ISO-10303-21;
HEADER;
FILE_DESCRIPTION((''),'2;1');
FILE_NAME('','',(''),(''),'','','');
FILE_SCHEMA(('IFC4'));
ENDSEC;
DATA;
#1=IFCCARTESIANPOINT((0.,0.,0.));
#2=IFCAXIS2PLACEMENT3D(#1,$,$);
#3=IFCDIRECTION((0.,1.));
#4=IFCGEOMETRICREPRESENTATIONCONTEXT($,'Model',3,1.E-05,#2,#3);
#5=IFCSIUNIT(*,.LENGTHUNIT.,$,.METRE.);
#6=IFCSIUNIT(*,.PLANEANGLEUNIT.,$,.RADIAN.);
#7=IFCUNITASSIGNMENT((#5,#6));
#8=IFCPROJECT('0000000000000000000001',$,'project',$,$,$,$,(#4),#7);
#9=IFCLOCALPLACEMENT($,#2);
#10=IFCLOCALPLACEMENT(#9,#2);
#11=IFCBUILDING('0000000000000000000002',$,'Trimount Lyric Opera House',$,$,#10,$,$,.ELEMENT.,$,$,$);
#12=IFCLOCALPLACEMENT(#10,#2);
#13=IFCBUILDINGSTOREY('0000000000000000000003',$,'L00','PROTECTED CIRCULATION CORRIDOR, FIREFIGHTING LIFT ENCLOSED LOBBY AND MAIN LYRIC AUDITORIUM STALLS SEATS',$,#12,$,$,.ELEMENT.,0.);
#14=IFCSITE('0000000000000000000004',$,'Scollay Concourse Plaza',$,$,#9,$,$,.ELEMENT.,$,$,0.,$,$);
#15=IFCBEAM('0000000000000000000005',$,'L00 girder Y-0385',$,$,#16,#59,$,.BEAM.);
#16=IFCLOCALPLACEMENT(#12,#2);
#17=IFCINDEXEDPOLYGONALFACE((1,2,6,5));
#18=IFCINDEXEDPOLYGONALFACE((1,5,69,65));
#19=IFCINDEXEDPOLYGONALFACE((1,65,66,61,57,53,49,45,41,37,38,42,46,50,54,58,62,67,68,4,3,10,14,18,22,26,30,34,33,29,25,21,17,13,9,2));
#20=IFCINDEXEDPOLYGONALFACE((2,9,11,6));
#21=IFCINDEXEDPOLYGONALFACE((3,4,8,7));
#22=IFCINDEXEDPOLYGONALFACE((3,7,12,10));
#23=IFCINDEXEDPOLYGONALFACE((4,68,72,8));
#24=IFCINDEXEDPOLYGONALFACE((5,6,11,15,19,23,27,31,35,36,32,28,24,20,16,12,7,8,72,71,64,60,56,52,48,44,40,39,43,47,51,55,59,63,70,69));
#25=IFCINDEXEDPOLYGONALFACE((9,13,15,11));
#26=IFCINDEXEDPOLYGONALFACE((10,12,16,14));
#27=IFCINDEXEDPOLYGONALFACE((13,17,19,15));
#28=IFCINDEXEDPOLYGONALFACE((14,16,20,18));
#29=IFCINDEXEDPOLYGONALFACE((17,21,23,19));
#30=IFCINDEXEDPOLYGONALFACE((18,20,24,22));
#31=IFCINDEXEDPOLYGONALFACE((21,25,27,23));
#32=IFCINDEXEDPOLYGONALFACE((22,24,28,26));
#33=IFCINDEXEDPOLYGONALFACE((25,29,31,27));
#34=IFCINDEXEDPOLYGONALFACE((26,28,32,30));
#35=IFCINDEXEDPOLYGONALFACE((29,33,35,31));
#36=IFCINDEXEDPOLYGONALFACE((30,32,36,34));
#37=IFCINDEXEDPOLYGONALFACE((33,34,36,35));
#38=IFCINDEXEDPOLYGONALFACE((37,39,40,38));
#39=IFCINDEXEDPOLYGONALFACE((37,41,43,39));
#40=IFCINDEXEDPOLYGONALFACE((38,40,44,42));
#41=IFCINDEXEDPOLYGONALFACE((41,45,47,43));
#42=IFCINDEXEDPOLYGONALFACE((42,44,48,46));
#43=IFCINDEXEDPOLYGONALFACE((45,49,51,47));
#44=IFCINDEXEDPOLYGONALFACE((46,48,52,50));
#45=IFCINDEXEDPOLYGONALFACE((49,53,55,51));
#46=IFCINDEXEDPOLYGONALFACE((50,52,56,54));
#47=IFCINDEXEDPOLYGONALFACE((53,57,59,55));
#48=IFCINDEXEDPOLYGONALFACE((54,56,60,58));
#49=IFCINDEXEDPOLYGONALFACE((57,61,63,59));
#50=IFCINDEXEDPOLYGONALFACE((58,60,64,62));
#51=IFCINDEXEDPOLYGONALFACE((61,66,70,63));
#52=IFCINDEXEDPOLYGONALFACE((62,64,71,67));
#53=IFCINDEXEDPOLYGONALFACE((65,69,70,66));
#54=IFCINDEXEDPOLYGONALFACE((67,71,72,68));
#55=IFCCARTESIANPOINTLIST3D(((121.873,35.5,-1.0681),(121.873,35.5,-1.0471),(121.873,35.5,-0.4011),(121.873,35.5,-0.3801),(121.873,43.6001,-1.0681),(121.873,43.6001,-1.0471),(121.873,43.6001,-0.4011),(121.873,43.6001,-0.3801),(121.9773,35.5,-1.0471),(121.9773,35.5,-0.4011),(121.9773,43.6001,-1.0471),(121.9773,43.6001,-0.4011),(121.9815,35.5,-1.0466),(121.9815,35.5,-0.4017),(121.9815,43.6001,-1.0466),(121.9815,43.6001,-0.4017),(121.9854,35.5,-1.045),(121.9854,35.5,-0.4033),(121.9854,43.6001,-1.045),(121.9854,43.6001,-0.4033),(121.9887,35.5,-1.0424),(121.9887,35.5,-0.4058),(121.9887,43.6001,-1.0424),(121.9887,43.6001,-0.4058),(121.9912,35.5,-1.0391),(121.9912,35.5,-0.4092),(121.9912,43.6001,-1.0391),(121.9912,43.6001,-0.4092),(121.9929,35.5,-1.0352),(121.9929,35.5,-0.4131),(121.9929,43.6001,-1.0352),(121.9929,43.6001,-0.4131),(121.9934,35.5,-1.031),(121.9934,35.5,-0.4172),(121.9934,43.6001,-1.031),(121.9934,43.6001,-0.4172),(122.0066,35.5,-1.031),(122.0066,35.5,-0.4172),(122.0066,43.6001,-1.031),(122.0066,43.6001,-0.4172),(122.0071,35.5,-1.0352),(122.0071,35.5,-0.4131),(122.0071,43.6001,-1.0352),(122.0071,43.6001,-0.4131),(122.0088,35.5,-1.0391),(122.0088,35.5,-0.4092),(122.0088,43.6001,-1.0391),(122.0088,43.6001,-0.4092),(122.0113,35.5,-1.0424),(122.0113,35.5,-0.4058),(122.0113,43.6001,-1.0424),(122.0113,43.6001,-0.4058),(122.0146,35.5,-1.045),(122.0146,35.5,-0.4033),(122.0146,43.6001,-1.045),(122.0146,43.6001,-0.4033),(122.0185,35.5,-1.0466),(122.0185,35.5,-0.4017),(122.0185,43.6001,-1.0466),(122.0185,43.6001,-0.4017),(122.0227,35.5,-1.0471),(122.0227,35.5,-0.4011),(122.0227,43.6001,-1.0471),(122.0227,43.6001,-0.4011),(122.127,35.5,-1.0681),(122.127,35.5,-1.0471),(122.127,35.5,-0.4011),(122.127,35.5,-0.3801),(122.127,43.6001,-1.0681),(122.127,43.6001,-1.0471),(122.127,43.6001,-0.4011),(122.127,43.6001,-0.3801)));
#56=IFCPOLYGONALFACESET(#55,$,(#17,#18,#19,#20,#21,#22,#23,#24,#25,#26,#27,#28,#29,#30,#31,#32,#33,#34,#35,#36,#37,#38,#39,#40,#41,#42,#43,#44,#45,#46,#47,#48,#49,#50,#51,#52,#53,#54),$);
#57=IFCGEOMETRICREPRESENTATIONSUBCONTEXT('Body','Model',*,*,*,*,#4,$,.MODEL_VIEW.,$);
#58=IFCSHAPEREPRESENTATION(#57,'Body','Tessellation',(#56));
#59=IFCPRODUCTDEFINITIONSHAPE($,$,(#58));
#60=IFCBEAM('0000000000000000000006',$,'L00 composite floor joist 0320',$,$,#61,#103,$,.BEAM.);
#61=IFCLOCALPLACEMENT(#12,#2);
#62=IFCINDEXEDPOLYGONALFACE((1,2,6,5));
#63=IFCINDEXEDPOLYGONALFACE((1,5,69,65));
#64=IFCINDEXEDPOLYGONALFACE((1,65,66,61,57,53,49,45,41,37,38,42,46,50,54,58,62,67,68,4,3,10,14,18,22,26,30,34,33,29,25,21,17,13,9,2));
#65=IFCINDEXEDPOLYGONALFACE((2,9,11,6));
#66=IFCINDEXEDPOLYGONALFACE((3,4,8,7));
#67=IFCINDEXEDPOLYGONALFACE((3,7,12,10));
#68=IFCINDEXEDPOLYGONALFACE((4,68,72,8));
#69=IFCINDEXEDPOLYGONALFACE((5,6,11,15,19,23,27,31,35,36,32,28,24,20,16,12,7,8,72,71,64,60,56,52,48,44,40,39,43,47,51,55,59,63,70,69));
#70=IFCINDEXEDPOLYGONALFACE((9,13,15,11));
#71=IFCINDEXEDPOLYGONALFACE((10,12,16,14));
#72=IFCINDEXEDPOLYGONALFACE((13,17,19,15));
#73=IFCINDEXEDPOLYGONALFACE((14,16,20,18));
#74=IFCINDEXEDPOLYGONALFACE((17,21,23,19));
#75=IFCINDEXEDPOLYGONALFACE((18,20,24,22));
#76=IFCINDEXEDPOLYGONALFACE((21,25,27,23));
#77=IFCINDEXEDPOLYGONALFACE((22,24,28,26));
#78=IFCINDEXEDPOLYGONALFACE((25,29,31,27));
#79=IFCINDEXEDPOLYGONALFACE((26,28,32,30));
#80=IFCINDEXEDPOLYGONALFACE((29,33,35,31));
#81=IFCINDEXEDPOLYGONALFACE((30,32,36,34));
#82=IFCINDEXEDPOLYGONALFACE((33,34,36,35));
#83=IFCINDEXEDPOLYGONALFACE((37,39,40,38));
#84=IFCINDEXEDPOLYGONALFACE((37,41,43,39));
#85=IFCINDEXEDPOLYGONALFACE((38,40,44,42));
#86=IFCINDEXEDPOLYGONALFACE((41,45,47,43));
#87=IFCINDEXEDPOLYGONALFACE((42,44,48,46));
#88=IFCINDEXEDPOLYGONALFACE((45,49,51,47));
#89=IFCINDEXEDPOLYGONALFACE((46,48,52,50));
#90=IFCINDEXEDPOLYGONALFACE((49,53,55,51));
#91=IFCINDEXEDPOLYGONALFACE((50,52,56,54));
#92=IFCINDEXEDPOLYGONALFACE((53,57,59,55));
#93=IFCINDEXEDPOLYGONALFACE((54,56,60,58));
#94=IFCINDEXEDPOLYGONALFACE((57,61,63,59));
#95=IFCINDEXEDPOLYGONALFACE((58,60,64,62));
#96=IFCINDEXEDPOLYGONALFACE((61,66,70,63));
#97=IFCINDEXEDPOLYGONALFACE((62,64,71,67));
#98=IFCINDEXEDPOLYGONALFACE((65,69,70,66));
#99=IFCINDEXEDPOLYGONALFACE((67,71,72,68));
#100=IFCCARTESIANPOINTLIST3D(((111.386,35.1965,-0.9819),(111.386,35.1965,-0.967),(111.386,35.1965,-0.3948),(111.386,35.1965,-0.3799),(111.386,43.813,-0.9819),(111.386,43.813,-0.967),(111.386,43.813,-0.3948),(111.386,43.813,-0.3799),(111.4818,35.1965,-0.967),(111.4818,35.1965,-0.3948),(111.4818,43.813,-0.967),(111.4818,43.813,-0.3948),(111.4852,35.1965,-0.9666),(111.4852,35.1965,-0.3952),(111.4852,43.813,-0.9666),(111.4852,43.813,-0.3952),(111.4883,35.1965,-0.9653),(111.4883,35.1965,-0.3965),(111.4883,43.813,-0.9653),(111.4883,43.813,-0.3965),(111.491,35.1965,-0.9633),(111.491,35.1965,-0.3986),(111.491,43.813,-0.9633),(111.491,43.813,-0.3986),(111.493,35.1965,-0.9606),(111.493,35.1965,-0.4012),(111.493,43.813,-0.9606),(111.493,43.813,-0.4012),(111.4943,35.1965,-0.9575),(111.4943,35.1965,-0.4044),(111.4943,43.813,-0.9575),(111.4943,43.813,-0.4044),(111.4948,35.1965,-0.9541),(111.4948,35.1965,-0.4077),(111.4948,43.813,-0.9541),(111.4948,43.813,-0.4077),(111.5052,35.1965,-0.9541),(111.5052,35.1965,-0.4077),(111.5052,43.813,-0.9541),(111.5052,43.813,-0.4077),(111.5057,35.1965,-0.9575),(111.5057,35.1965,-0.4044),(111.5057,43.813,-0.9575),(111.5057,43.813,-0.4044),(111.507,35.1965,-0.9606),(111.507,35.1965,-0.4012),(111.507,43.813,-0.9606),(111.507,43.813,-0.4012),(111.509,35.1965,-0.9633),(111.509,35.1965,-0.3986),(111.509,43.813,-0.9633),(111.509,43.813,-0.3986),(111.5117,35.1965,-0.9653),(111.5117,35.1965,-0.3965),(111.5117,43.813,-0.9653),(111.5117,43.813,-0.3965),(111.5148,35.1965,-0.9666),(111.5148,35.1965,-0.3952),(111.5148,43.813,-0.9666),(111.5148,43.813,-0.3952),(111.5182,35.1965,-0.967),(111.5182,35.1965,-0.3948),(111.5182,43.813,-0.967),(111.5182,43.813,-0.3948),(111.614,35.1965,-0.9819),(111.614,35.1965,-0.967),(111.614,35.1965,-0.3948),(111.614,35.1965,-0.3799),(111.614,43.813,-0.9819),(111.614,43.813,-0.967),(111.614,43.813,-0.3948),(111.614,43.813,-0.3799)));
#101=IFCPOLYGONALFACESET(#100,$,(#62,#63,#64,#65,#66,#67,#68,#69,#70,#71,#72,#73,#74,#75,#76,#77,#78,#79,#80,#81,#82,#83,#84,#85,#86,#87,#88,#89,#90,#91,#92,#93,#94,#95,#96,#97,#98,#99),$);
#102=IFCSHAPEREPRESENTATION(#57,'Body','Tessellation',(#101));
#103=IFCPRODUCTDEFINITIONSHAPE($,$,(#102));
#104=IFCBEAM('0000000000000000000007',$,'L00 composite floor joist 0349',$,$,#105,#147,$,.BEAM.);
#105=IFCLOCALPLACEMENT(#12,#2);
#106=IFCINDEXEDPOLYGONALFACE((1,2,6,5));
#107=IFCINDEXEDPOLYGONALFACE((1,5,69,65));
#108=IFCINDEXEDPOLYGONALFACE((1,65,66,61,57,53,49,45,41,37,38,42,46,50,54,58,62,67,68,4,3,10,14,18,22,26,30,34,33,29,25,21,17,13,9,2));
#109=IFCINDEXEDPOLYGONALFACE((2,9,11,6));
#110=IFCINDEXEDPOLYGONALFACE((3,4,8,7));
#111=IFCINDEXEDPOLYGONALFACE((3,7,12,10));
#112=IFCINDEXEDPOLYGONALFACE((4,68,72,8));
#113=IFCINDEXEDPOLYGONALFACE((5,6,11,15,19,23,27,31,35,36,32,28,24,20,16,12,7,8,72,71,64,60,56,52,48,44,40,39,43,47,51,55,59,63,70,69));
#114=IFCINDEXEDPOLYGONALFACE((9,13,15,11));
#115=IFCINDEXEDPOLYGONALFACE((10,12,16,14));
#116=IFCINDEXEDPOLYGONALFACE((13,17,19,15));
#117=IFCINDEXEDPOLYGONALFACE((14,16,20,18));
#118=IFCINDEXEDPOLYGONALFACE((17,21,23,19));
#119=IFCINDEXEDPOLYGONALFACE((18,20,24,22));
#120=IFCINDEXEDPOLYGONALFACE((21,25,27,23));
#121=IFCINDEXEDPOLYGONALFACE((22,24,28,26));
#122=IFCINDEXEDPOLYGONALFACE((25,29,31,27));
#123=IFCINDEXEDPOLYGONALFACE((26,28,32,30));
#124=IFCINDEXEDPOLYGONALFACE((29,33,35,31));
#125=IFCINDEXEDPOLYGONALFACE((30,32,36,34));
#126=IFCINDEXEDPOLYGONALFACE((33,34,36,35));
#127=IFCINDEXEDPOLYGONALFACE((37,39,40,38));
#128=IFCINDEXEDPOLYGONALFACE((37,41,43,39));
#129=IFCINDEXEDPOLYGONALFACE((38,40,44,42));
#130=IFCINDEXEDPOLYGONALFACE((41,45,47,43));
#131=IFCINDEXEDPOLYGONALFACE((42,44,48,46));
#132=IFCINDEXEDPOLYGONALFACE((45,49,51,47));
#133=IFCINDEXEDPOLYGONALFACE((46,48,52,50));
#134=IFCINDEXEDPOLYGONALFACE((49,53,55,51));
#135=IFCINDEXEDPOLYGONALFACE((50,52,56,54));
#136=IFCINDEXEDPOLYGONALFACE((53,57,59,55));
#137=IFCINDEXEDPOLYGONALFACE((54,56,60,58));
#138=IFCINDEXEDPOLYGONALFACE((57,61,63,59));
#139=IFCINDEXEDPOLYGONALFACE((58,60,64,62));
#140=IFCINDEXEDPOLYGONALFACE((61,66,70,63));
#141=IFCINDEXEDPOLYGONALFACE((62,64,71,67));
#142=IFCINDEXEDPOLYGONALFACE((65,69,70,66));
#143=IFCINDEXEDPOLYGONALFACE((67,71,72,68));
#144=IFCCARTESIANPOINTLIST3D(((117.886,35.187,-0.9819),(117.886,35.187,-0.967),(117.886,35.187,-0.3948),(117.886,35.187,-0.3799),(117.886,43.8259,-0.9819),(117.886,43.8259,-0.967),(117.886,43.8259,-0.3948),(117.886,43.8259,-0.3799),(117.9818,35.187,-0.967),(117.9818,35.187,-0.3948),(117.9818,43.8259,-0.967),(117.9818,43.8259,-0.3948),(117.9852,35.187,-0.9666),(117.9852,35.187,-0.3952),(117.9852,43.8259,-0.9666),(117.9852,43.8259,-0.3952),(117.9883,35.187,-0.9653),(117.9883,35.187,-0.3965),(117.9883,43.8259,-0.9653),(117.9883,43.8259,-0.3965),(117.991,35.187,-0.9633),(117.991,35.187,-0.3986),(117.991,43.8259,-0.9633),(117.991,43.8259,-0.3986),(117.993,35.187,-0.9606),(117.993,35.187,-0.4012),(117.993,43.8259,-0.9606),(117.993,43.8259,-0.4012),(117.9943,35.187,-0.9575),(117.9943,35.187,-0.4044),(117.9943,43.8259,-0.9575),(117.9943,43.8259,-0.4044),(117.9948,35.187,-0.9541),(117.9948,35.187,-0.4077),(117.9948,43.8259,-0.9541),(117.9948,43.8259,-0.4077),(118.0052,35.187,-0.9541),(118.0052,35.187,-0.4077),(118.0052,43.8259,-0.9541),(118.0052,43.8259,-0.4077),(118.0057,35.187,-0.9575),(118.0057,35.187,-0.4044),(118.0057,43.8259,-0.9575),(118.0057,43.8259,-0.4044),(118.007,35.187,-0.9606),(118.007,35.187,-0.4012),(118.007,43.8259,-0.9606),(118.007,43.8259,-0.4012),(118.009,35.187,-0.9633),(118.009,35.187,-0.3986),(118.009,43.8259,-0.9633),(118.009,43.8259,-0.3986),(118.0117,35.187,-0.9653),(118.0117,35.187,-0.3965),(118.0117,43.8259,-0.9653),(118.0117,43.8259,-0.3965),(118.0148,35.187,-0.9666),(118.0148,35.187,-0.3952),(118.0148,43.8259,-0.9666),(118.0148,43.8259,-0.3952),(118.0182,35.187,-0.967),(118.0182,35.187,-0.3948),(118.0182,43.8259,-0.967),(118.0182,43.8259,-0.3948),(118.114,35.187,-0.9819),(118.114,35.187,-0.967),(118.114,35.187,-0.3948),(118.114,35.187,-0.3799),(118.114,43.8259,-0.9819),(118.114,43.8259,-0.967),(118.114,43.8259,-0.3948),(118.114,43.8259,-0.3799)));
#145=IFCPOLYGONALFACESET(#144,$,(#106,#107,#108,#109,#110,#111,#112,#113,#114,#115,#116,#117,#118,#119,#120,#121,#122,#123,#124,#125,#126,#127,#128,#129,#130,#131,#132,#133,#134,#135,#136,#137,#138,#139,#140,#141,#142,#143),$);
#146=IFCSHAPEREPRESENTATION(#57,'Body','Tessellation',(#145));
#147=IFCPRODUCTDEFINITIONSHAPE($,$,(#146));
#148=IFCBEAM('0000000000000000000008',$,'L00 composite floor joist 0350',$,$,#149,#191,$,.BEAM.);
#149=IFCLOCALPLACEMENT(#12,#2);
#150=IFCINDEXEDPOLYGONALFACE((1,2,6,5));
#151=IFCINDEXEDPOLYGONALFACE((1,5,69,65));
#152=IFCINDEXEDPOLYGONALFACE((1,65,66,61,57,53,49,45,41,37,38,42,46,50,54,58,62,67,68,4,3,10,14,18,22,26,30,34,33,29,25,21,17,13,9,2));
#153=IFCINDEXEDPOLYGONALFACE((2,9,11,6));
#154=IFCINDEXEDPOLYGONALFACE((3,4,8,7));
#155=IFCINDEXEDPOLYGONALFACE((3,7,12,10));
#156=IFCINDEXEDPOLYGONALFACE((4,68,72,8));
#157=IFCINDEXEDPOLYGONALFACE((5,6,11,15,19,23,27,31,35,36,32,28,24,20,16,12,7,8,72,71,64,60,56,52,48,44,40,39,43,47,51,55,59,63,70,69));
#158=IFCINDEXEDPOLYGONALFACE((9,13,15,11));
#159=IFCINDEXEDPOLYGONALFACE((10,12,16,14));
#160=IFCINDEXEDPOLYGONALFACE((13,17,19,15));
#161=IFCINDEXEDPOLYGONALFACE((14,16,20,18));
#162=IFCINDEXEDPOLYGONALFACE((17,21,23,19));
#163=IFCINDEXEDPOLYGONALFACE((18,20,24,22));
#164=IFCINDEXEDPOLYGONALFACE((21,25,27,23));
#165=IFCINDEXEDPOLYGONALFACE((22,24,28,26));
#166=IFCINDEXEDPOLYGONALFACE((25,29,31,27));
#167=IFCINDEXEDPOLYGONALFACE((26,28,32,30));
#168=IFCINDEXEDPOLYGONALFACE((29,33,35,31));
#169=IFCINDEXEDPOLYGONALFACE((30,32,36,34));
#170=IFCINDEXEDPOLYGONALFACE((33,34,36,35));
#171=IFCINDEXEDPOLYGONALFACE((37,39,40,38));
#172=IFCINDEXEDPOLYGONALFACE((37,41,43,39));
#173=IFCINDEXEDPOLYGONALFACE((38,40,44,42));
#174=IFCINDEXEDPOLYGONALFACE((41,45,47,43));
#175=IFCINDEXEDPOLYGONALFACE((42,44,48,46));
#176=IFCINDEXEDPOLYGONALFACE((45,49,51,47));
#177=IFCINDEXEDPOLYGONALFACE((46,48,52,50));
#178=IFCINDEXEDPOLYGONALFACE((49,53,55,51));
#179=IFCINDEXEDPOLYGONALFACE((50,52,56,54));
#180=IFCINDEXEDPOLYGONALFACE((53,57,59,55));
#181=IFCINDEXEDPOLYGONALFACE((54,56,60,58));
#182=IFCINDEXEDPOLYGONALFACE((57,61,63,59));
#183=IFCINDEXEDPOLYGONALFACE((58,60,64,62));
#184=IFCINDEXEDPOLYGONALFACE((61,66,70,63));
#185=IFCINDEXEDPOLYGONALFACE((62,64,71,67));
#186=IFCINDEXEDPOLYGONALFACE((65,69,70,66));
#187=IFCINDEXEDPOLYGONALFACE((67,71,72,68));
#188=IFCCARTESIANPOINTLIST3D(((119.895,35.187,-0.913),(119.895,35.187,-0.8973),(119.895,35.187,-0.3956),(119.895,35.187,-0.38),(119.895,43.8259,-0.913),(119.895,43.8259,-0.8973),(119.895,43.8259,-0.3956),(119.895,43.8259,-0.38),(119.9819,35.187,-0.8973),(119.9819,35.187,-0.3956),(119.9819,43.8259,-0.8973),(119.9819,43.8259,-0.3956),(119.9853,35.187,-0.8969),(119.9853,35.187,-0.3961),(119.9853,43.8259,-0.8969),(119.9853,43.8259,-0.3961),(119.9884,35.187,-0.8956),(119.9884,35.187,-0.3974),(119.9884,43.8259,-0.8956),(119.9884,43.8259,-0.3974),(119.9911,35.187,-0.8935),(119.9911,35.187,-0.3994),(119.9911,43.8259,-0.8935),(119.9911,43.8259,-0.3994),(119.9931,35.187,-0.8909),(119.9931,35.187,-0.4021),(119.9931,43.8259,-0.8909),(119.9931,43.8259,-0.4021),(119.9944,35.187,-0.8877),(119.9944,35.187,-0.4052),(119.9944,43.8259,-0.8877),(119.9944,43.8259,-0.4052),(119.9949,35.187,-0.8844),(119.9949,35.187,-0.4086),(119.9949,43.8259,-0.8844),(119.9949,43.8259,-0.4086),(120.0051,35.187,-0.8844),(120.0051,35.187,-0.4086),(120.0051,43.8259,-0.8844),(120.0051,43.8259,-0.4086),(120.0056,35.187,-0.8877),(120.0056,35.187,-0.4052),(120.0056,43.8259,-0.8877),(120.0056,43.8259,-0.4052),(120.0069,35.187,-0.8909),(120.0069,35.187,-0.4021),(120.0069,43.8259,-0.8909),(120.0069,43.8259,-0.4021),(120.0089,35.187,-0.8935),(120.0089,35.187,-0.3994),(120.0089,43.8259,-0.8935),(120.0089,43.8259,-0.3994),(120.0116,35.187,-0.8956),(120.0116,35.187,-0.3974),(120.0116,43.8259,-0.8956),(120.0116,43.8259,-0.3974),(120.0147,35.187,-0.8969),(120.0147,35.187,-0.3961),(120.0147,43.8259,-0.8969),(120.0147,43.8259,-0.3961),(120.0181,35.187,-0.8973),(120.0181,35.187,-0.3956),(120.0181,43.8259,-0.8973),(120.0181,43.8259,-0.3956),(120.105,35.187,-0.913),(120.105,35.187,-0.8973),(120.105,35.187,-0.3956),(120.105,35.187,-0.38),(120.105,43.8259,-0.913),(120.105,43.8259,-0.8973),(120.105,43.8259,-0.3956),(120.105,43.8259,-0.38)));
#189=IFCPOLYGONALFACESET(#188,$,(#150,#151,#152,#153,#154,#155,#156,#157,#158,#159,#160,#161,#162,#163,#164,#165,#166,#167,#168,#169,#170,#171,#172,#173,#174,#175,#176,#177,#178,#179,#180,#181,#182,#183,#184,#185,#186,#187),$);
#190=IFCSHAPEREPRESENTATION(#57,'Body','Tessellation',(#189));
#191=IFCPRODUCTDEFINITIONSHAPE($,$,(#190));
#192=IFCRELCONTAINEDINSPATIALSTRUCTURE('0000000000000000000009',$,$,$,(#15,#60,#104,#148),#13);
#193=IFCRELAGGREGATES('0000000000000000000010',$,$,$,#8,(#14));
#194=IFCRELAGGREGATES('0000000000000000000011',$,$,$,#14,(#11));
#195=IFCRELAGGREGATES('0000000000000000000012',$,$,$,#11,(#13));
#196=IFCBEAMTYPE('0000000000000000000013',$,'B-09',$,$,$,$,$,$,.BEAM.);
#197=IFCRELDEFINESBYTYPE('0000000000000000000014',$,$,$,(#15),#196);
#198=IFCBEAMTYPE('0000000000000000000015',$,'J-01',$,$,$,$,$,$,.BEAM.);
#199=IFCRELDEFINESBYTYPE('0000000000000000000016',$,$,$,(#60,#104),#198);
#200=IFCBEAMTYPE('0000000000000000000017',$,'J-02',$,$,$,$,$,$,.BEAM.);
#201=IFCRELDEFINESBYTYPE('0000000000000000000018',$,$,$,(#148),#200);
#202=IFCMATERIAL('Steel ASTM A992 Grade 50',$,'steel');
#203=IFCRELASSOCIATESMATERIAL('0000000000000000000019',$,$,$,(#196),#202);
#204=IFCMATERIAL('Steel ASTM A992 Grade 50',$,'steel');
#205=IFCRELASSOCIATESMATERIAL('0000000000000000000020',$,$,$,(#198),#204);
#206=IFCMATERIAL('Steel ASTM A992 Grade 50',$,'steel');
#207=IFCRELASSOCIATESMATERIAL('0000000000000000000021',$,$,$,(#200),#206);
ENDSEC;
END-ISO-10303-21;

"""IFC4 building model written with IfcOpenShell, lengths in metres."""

from ifc_helpers import new_model, si_unit, direction, frame, origin, origin_2d, place, context, subcontext, project, spatial, i_section, extrude, material, material_profile, profile_set, type_object, element, save


model = new_model("IFC4")

# Units and contexts
model_context = context("Model", 3, precision=1e-05, world=origin(), true_north=direction((0.0, 1.0)))
body_context = subcontext(model_context, "Body", "Model", "MODEL_VIEW")
ifc_project = project(units=[si_unit("LENGTHUNIT", "METRE"), si_unit("PLANEANGLEUNIT", "RADIAN")], contexts=[model_context])

# Site, building, storey
site_placement = place(None, origin())
site = spatial("IfcSite", under=ifc_project, at=site_placement, Name="Scollay Concourse Plaza", CompositionType="ELEMENT", RefElevation=0.0)
building_placement = place(site_placement, origin())
building = spatial("IfcBuilding", under=site, at=building_placement, Name="Trimount Lyric Opera House", CompositionType="ELEMENT")
storey_placement = place(building_placement, origin())
storey = spatial("IfcBuildingStorey", under=building, at=storey_placement, Name="L00", Description="PROTECTED CIRCULATION CORRIDOR, FIREFIGHTING LIFT ENCLOSED LOBBY AND MAIN LYRIC AUDITORIUM STALLS SEATS", CompositionType="ELEMENT", Elevation=0.0)

# Beams
ifc_material_1 = material(Name="Steel ASTM A992 Grade 50", Category="steel")
ifc_material_profile_1 = material_profile(ifc_material_1, i_section(OverallWidth=0.2539, OverallDepth=0.688, WebThickness=0.0132, FlangeThickness=0.021, FilletRadius=0.0161, at=origin_2d()), Name="W27X102")
ifc_profile_set_1 = profile_set([ifc_material_profile_1], Name="Steel ASTM A992 Grade 50")
beam_type_1 = type_object("IfcBeamType", Name="B-09", PredefinedType="BEAM", material=ifc_profile_set_1)
beam_1_placement = place(storey_placement, frame((122.0, 35.5, -0.7241), z_axis=(0.0, 1.0, 0.0), x_axis=(-1.0, 0.0, 0.0)))
element("IfcBeam", 1, at=beam_1_placement, inside=storey, type_object=beam_type_1, Name="L00 girder Y-0385", PredefinedType="BEAM", context=body_context, shape_type="SweptSolid", body=[
    extrude(i_section(OverallWidth=0.2539, OverallDepth=0.688, WebThickness=0.0132, FlangeThickness=0.021, FilletRadius=0.0161, at=origin_2d()), origin(), (0.0, 0.0, 1.0), 8.1001),
])
ifc_material_2 = material(Name="Steel ASTM A992 Grade 50", Category="steel")
ifc_material_profile_2 = material_profile(ifc_material_2, i_section(OverallWidth=0.228, OverallDepth=0.6021, WebThickness=0.0105, FlangeThickness=0.0149, FilletRadius=0.0129, at=origin_2d()), Name="W24X68")
ifc_profile_set_2 = profile_set([ifc_material_profile_2], Name="Steel ASTM A992 Grade 50")
beam_type_2 = type_object("IfcBeamType", Name="J-01", PredefinedType="BEAM", material=ifc_profile_set_2)
beam_2_placement = place(storey_placement, frame((111.5, 35.1965, -0.6809), z_axis=(0.0, 1.0, 0.0), x_axis=(-1.0, 0.0, 0.0)))
element("IfcBeam", 2, at=beam_2_placement, inside=storey, type_object=beam_type_2, Name="L00 composite floor joist 0320", PredefinedType="BEAM", context=body_context, shape_type="SweptSolid", body=[
    extrude(i_section(OverallWidth=0.228, OverallDepth=0.6021, WebThickness=0.0105, FlangeThickness=0.0149, FilletRadius=0.0129, at=origin_2d()), origin(), (0.0, 0.0, 1.0), 8.6165),
])
beam_3_placement = place(storey_placement, frame((118.0, 35.187, -0.6809), z_axis=(0.0, 1.0, 0.0), x_axis=(-1.0, 0.0, 0.0)))
element("IfcBeam", 3, at=beam_3_placement, inside=storey, type_object=beam_type_2, Name="L00 composite floor joist 0349", PredefinedType="BEAM", context=body_context, shape_type="SweptSolid", body=[
    extrude(i_section(OverallWidth=0.228, OverallDepth=0.6021, WebThickness=0.0105, FlangeThickness=0.0149, FilletRadius=0.0129, at=origin_2d()), origin(), (0.0, 0.0, 1.0), 8.6389),
])
ifc_material_3 = material(Name="Steel ASTM A992 Grade 50", Category="steel")
ifc_material_profile_3 = material_profile(ifc_material_3, i_section(OverallWidth=0.21, OverallDepth=0.533, WebThickness=0.0103, FlangeThickness=0.0156, FilletRadius=0.0129, at=origin_2d()), Name="W21X62")
ifc_profile_set_3 = profile_set([ifc_material_profile_3], Name="Steel ASTM A992 Grade 50")
beam_type_3 = type_object("IfcBeamType", Name="J-02", PredefinedType="BEAM", material=ifc_profile_set_3)
beam_4_placement = place(storey_placement, frame((120.0, 35.187, -0.6465), z_axis=(0.0, 1.0, 0.0), x_axis=(-1.0, 0.0, 0.0)))
element("IfcBeam", 4, at=beam_4_placement, inside=storey, type_object=beam_type_3, Name="L00 composite floor joist 0350", PredefinedType="BEAM", context=body_context, shape_type="SweptSolid", body=[
    extrude(i_section(OverallWidth=0.21, OverallDepth=0.533, WebThickness=0.0103, FlangeThickness=0.0156, FilletRadius=0.0129, at=origin_2d()), origin(), (0.0, 0.0, 1.0), 8.6389),
])

save(model, "model.ifc")
